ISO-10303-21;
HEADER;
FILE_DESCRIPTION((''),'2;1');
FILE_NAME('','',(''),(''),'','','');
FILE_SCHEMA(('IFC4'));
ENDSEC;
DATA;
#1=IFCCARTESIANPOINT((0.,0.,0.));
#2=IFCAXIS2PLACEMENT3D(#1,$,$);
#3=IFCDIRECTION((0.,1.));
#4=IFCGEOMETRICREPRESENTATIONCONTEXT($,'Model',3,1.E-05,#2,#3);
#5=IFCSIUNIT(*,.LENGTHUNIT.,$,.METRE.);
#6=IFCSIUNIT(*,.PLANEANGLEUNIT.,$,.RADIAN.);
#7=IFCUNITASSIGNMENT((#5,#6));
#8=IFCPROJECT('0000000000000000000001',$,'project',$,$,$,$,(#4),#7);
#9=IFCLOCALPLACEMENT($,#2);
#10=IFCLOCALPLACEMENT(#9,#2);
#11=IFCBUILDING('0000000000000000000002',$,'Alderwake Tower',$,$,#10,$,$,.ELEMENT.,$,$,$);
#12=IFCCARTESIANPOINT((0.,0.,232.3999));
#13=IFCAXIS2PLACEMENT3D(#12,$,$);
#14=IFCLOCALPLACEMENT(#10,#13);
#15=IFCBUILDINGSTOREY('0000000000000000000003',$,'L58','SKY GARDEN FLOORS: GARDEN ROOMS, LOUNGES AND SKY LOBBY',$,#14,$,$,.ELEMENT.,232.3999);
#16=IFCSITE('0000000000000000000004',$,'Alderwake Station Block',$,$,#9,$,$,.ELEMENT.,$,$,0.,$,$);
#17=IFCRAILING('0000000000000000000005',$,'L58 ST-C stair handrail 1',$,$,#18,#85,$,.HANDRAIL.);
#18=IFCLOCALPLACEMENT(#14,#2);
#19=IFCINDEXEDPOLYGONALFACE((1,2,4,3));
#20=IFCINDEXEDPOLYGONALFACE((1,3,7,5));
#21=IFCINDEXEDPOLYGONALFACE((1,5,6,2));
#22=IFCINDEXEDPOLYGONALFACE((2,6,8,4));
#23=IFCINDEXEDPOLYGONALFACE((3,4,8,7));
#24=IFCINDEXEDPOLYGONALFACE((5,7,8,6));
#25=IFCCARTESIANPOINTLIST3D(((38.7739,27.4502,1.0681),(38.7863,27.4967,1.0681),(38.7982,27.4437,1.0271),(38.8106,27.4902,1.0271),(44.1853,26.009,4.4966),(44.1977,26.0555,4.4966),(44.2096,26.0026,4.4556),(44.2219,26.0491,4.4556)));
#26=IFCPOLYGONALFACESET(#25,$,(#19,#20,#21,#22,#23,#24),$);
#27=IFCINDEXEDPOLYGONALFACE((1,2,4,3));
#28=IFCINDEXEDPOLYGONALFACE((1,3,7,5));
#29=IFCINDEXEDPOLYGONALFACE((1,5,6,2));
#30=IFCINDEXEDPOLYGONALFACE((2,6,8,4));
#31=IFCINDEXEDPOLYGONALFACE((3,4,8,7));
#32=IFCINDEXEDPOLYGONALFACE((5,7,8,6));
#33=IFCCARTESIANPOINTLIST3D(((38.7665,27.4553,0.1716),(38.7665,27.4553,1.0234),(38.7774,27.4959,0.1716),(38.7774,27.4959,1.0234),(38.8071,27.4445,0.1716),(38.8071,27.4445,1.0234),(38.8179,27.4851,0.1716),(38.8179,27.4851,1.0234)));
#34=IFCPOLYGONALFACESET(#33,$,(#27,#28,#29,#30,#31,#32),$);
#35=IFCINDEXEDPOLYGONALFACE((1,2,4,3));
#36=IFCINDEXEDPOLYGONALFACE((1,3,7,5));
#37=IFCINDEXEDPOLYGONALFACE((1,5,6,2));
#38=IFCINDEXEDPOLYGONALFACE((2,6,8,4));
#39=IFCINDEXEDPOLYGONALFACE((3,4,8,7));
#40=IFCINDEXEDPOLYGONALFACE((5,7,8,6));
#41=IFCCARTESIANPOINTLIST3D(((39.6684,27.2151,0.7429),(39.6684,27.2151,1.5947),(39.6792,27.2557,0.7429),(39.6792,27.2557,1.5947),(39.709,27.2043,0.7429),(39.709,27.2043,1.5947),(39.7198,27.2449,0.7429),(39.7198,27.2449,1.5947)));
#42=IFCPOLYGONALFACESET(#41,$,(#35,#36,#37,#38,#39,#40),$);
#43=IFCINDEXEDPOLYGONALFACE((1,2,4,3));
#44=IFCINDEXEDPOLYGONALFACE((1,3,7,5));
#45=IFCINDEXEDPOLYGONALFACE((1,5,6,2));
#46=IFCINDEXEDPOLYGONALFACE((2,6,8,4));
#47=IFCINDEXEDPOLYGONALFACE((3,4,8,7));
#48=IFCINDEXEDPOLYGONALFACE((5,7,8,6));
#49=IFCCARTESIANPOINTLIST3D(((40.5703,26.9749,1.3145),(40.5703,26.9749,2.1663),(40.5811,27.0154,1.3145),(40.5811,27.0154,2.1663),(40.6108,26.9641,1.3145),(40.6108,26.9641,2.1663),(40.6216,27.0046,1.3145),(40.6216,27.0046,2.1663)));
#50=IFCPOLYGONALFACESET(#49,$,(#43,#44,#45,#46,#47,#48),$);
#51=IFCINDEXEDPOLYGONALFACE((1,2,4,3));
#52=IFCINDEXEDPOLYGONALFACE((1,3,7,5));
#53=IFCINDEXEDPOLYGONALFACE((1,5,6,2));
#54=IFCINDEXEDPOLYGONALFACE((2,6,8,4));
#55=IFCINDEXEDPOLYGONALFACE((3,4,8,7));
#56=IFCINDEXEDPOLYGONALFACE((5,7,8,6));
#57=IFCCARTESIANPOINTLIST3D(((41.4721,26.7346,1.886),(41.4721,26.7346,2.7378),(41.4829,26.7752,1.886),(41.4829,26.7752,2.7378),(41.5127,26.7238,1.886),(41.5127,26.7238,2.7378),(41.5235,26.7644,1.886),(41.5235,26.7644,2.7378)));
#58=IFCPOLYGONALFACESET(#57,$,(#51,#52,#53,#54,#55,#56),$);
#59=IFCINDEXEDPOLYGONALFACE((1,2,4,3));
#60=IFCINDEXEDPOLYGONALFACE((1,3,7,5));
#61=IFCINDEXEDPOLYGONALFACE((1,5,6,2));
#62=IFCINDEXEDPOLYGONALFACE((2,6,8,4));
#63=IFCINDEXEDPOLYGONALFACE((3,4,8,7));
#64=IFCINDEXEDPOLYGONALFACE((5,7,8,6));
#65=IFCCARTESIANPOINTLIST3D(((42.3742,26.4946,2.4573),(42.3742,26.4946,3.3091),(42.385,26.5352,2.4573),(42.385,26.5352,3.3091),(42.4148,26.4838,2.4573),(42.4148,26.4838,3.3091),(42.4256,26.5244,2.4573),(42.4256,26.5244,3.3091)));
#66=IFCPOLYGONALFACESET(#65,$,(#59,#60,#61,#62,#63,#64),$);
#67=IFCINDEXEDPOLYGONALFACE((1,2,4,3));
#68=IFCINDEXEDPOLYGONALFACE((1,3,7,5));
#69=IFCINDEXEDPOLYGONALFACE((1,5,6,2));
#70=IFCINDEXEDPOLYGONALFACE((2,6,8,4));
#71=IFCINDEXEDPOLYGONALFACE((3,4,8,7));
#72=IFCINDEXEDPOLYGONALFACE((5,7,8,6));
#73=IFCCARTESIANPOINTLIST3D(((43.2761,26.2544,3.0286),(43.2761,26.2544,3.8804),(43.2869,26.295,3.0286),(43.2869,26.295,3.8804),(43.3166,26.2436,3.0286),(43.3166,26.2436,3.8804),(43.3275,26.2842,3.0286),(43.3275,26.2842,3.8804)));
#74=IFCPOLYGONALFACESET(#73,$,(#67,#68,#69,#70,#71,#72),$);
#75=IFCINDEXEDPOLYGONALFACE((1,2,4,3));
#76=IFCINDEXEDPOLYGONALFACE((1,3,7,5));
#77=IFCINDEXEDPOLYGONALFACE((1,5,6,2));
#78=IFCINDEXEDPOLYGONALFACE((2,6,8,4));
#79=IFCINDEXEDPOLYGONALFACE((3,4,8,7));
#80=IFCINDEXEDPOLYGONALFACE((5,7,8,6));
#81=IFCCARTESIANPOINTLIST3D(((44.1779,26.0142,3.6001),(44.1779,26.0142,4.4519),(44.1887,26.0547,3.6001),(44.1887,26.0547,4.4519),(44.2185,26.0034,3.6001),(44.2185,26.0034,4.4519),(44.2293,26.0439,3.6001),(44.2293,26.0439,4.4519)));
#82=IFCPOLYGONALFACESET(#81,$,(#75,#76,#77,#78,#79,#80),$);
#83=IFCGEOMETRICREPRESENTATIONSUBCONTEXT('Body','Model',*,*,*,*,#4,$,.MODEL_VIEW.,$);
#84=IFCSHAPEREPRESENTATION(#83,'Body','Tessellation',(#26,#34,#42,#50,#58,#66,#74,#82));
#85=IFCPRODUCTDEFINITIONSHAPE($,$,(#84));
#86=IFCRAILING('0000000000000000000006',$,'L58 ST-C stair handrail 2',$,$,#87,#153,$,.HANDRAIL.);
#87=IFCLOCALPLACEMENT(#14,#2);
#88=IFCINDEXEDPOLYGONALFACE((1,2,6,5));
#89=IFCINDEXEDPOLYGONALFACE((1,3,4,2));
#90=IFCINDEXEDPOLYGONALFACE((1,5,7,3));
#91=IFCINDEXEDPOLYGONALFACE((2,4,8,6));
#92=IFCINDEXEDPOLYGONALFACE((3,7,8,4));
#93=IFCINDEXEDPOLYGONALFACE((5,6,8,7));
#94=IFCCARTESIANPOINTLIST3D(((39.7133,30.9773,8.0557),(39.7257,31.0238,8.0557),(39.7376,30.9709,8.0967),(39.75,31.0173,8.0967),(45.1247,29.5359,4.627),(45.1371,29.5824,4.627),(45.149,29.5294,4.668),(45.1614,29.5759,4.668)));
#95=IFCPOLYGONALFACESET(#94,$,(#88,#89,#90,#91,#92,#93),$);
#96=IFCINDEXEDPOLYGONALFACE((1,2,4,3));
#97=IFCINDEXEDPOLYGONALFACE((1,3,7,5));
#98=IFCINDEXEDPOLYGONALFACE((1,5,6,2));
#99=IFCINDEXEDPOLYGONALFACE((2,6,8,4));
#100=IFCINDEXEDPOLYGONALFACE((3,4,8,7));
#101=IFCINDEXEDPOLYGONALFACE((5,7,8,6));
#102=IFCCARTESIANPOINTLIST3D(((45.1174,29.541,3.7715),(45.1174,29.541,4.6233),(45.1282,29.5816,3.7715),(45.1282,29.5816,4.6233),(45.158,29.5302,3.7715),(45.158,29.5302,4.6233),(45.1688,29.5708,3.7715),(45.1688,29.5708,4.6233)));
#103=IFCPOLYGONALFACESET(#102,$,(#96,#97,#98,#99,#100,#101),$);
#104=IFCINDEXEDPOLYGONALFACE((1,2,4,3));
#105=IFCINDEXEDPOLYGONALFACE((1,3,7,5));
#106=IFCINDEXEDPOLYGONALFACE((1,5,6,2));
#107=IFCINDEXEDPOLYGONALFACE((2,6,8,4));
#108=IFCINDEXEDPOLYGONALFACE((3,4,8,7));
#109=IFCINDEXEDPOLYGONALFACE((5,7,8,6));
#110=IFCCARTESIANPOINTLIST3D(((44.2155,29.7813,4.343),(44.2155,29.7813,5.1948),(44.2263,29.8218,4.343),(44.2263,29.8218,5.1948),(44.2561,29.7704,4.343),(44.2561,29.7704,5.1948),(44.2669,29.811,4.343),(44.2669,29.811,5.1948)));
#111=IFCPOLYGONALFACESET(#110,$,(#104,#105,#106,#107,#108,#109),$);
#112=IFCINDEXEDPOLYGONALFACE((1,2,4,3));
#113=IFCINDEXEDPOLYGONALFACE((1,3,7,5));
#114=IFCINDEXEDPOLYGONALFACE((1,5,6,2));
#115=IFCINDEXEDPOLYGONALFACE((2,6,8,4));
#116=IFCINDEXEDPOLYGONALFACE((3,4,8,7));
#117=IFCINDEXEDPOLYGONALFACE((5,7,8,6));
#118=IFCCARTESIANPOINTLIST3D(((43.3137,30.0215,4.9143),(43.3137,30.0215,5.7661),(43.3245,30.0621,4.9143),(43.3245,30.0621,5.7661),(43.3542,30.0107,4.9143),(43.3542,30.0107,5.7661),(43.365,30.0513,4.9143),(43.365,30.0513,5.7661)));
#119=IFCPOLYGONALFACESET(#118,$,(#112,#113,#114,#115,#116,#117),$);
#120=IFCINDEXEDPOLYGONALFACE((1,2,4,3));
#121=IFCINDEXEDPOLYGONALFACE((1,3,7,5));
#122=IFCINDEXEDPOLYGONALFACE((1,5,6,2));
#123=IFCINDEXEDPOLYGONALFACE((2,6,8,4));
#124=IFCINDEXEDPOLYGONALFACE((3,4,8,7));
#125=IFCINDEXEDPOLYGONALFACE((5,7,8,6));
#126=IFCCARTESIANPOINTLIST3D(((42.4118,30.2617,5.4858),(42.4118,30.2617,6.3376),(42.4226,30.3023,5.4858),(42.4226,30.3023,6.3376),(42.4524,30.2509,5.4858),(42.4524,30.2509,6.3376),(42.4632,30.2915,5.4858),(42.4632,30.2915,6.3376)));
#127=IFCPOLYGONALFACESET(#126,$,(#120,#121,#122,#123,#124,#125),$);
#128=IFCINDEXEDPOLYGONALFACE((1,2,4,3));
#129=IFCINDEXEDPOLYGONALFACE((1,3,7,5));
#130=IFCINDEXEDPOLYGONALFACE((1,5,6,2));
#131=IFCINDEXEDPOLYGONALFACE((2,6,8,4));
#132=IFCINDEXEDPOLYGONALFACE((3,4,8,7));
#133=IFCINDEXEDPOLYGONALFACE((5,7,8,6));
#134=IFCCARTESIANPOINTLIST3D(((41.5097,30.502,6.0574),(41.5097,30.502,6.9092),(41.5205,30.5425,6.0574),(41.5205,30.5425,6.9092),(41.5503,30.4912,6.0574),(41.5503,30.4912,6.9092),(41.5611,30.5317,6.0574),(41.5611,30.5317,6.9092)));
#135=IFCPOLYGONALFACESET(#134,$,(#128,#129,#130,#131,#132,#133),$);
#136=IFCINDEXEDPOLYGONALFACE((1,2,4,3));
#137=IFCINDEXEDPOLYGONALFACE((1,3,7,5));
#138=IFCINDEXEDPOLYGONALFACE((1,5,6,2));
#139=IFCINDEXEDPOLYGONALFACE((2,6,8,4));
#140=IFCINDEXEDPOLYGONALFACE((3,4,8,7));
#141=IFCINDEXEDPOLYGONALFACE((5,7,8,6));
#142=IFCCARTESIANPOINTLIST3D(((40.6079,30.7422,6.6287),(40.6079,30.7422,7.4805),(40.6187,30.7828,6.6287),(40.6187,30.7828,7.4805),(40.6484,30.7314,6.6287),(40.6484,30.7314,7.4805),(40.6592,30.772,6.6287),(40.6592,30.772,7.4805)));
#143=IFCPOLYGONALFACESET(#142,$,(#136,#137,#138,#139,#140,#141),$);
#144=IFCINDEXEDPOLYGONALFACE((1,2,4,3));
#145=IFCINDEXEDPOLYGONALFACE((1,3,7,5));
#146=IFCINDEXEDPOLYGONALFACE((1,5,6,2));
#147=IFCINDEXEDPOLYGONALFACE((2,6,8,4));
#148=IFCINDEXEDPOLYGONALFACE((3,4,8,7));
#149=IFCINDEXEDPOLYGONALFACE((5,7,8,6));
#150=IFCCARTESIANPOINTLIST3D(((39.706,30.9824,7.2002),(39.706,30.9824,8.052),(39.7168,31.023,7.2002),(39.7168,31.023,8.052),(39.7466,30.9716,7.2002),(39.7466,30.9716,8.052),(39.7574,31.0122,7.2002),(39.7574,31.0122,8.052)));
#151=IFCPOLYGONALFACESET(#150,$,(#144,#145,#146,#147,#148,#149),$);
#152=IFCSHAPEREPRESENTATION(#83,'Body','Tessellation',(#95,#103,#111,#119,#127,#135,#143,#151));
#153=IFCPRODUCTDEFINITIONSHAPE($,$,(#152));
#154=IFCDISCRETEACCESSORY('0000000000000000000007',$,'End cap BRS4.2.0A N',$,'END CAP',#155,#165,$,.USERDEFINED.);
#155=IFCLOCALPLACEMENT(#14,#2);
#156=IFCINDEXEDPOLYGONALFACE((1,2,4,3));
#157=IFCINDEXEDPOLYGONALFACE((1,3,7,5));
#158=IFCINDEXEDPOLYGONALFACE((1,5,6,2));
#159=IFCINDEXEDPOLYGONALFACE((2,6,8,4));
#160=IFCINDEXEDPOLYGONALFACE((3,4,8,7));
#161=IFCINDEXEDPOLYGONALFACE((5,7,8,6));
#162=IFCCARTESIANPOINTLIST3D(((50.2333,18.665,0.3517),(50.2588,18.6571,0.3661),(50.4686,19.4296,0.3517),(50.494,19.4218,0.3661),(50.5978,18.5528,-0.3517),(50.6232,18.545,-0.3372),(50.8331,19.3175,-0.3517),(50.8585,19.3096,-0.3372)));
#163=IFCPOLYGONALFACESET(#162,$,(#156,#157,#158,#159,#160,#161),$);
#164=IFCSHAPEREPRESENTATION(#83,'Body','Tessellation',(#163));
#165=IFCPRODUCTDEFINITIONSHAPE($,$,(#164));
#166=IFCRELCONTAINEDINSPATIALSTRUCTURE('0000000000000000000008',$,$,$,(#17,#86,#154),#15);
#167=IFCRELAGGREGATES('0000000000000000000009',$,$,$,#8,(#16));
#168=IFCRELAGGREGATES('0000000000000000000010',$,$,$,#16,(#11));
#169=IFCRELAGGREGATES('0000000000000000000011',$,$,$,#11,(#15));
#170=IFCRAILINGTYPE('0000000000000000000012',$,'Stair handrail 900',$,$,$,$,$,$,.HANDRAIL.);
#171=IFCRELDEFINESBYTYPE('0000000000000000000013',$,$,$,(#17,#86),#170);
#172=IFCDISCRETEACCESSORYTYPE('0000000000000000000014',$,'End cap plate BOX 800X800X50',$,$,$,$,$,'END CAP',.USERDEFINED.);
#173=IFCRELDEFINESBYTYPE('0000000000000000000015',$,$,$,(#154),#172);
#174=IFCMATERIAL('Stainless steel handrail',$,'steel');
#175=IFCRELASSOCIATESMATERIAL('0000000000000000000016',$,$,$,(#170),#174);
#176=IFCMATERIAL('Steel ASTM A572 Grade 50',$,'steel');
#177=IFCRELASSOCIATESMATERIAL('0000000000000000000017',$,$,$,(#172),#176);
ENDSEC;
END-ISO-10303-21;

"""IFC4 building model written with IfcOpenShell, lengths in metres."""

from ifc_helpers import new_model, si_unit, direction, frame, origin, origin_2d, place, context, subcontext, project, spatial, rectangle, extrude, material, material_profile, profile_set, type_object, element, save


model = new_model("IFC4")

# Units and contexts
model_context = context("Model", 3, precision=1e-05, world=origin(), true_north=direction((0.0, 1.0)))
body_context = subcontext(model_context, "Body", "Model", "MODEL_VIEW")
ifc_project = project(units=[si_unit("LENGTHUNIT", "METRE"), si_unit("PLANEANGLEUNIT", "RADIAN")], contexts=[model_context])

# Site, building, storey
site_placement = place(None, origin())
site = spatial("IfcSite", under=ifc_project, at=site_placement, Name="Alderwake Station Block", CompositionType="ELEMENT", RefElevation=0.0)
building_placement = place(site_placement, origin())
building = spatial("IfcBuilding", under=site, at=building_placement, Name="Alderwake Tower", CompositionType="ELEMENT")
storey_placement = place(building_placement, frame((0.0, 0.0, 232.3999)))
storey = spatial("IfcBuildingStorey", under=building, at=storey_placement, Name="L58", Description="SKY GARDEN FLOORS: GARDEN ROOMS, LOUNGES AND SKY LOBBY", CompositionType="ELEMENT", Elevation=232.3999)

# Railings
ifc_material_1 = material(Name="Stainless steel handrail", Category="steel")
railing_type_1 = type_object("IfcRailingType", Name="Stair handrail 900", PredefinedType="HANDRAIL", material=ifc_material_1)
railing_1_placement = place(storey_placement, frame((38.7922, 27.4702, 0.1716)))
element("IfcRailing", 1, at=railing_1_placement, inside=storey, type_object=railing_type_1, Name="L58 ST-C stair handrail 1", PredefinedType="HANDRAIL", context=body_context, shape_type="SweptSolid", body=[
    extrude(rectangle(XDim=0.0481, YDim=0.0481, at=origin_2d()), frame((0.0, 0.0, 0.876), z_axis=(0.824132, -0.219484, 0.522143), x_axis=(0.257351, 0.966318, 0.0)), (0.0, 0.0, 1.0), 6.5662),
    extrude(rectangle(XDim=0.042, YDim=0.042, at=origin_2d()), frame((0.0, 0.0, 0.0), z_axis=(0.0, 0.0, 1.0), x_axis=(0.966318, -0.257351, 0.0)), (0.0, 0.0, 1.0), 0.8518),
    extrude(rectangle(XDim=0.042, YDim=0.042, at=origin_2d()), frame((0.9019, -0.2402, 0.5713), z_axis=(0.0, 0.0, 1.0), x_axis=(0.966318, -0.257351, 0.0)), (0.0, 0.0, 1.0), 0.8518),
    extrude(rectangle(XDim=0.042, YDim=0.042, at=origin_2d()), frame((1.8037, -0.4805, 1.1428), z_axis=(0.0, 0.0, 1.0), x_axis=(0.966318, -0.257351, 0.0)), (0.0, 0.0, 1.0), 0.8518),
    extrude(rectangle(XDim=0.042, YDim=0.042, at=origin_2d()), frame((2.7056, -0.7207, 1.7144), z_axis=(0.0, 0.0, 1.0), x_axis=(0.966318, -0.257351, 0.0)), (0.0, 0.0, 1.0), 0.8518),
    extrude(rectangle(XDim=0.042, YDim=0.042, at=origin_2d()), frame((3.6077, -0.9607, 2.2856), z_axis=(0.0, 0.0, 1.0), x_axis=(0.966318, -0.257351, 0.0)), (0.0, 0.0, 1.0), 0.8518),
    extrude(rectangle(XDim=0.042, YDim=0.042, at=origin_2d()), frame((4.5095, -1.2009, 2.8569), z_axis=(0.0, 0.0, 1.0), x_axis=(0.966318, -0.257351, 0.0)), (0.0, 0.0, 1.0), 0.8518),
    extrude(rectangle(XDim=0.042, YDim=0.042, at=origin_2d()), frame((5.4114, -1.4412, 3.4285), z_axis=(0.0, 0.0, 1.0), x_axis=(0.966318, -0.257351, 0.0)), (0.0, 0.0, 1.0), 0.8518),
])
railing_2_placement = place(storey_placement, frame((45.1431, 29.5559, 3.7715)))
element("IfcRailing", 2, at=railing_2_placement, inside=storey, type_object=railing_type_1, Name="L58 ST-C stair handrail 2", PredefinedType="HANDRAIL", context=body_context, shape_type="SweptSolid", body=[
    extrude(rectangle(XDim=0.0481, YDim=0.0481, at=origin_2d()), frame((0.0, 0.0, 0.876), z_axis=(-0.82411, 0.219515, 0.522165), x_axis=(-0.257391, -0.966307, 0.0)), (0.0, 0.0, 1.0), 6.5664),
    extrude(rectangle(XDim=0.042, YDim=0.042, at=origin_2d()), frame((0.0, 0.0, 0.0), z_axis=(0.0, 0.0, 1.0), x_axis=(-0.966307, 0.257391, 0.0)), (0.0, 0.0, 1.0), 0.8518),
    extrude(rectangle(XDim=0.042, YDim=0.042, at=origin_2d()), frame((-0.9019, 0.2402, 0.5715), z_axis=(0.0, 0.0, 1.0), x_axis=(-0.966307, 0.257391, 0.0)), (0.0, 0.0, 1.0), 0.8518),
    extrude(rectangle(XDim=0.042, YDim=0.042, at=origin_2d()), frame((-1.8037, 0.4805, 1.1428), z_axis=(0.0, 0.0, 1.0), x_axis=(-0.966307, 0.257391, 0.0)), (0.0, 0.0, 1.0), 0.8518),
    extrude(rectangle(XDim=0.042, YDim=0.042, at=origin_2d()), frame((-2.7056, 0.7207, 1.7144), z_axis=(0.0, 0.0, 1.0), x_axis=(-0.966307, 0.257391, 0.0)), (0.0, 0.0, 1.0), 0.8518),
    extrude(rectangle(XDim=0.042, YDim=0.042, at=origin_2d()), frame((-3.6077, 0.9609, 2.2859), z_axis=(0.0, 0.0, 1.0), x_axis=(-0.966307, 0.257391, 0.0)), (0.0, 0.0, 1.0), 0.8518),
    extrude(rectangle(XDim=0.042, YDim=0.042, at=origin_2d()), frame((-4.5095, 1.2012, 2.8572), z_axis=(0.0, 0.0, 1.0), x_axis=(-0.966307, 0.257391, 0.0)), (0.0, 0.0, 1.0), 0.8518),
    extrude(rectangle(XDim=0.042, YDim=0.042, at=origin_2d()), frame((-5.4114, 1.4414, 3.4287), z_axis=(0.0, 0.0, 1.0), x_axis=(-0.966307, 0.257391, 0.0)), (0.0, 0.0, 1.0), 0.8518),
])

# Discrete accessory
ifc_material_2 = material(Name="Steel ASTM A572 Grade 50", Category="steel")
ifc_material_profile_1 = material_profile(ifc_material_2, rectangle(XDim=0.8, YDim=0.8, at=origin_2d()), Name="BOX 800X800X50 cap")
ifc_profile_set_1 = profile_set([ifc_material_profile_1], Name="Steel ASTM A572 Grade 50")
discrete_accessory_type = type_object("IfcDiscreteAccessoryType", Name="End cap plate BOX 800X800X50", ElementType="END CAP", PredefinedType="USERDEFINED", material=ifc_profile_set_1)
discrete_accessory_placement = place(storey_placement, frame((50.5332, 18.9912, 0.0), z_axis=(0.840214, -0.258527, 0.47666), x_axis=(0.294086, 0.955779, 0.0)))
element("IfcDiscreteAccessory", 3, at=discrete_accessory_placement, inside=storey, type_object=discrete_accessory_type, Name="End cap BRS4.2.0A N", ObjectType="END CAP", PredefinedType="USERDEFINED", context=body_context, shape_type="SweptSolid", body=[
    extrude(rectangle(XDim=0.8, YDim=0.8, at=origin_2d()), origin(), (0.0, 0.0, 1.0), 0.0303),
])

save(model, "model.ifc")
